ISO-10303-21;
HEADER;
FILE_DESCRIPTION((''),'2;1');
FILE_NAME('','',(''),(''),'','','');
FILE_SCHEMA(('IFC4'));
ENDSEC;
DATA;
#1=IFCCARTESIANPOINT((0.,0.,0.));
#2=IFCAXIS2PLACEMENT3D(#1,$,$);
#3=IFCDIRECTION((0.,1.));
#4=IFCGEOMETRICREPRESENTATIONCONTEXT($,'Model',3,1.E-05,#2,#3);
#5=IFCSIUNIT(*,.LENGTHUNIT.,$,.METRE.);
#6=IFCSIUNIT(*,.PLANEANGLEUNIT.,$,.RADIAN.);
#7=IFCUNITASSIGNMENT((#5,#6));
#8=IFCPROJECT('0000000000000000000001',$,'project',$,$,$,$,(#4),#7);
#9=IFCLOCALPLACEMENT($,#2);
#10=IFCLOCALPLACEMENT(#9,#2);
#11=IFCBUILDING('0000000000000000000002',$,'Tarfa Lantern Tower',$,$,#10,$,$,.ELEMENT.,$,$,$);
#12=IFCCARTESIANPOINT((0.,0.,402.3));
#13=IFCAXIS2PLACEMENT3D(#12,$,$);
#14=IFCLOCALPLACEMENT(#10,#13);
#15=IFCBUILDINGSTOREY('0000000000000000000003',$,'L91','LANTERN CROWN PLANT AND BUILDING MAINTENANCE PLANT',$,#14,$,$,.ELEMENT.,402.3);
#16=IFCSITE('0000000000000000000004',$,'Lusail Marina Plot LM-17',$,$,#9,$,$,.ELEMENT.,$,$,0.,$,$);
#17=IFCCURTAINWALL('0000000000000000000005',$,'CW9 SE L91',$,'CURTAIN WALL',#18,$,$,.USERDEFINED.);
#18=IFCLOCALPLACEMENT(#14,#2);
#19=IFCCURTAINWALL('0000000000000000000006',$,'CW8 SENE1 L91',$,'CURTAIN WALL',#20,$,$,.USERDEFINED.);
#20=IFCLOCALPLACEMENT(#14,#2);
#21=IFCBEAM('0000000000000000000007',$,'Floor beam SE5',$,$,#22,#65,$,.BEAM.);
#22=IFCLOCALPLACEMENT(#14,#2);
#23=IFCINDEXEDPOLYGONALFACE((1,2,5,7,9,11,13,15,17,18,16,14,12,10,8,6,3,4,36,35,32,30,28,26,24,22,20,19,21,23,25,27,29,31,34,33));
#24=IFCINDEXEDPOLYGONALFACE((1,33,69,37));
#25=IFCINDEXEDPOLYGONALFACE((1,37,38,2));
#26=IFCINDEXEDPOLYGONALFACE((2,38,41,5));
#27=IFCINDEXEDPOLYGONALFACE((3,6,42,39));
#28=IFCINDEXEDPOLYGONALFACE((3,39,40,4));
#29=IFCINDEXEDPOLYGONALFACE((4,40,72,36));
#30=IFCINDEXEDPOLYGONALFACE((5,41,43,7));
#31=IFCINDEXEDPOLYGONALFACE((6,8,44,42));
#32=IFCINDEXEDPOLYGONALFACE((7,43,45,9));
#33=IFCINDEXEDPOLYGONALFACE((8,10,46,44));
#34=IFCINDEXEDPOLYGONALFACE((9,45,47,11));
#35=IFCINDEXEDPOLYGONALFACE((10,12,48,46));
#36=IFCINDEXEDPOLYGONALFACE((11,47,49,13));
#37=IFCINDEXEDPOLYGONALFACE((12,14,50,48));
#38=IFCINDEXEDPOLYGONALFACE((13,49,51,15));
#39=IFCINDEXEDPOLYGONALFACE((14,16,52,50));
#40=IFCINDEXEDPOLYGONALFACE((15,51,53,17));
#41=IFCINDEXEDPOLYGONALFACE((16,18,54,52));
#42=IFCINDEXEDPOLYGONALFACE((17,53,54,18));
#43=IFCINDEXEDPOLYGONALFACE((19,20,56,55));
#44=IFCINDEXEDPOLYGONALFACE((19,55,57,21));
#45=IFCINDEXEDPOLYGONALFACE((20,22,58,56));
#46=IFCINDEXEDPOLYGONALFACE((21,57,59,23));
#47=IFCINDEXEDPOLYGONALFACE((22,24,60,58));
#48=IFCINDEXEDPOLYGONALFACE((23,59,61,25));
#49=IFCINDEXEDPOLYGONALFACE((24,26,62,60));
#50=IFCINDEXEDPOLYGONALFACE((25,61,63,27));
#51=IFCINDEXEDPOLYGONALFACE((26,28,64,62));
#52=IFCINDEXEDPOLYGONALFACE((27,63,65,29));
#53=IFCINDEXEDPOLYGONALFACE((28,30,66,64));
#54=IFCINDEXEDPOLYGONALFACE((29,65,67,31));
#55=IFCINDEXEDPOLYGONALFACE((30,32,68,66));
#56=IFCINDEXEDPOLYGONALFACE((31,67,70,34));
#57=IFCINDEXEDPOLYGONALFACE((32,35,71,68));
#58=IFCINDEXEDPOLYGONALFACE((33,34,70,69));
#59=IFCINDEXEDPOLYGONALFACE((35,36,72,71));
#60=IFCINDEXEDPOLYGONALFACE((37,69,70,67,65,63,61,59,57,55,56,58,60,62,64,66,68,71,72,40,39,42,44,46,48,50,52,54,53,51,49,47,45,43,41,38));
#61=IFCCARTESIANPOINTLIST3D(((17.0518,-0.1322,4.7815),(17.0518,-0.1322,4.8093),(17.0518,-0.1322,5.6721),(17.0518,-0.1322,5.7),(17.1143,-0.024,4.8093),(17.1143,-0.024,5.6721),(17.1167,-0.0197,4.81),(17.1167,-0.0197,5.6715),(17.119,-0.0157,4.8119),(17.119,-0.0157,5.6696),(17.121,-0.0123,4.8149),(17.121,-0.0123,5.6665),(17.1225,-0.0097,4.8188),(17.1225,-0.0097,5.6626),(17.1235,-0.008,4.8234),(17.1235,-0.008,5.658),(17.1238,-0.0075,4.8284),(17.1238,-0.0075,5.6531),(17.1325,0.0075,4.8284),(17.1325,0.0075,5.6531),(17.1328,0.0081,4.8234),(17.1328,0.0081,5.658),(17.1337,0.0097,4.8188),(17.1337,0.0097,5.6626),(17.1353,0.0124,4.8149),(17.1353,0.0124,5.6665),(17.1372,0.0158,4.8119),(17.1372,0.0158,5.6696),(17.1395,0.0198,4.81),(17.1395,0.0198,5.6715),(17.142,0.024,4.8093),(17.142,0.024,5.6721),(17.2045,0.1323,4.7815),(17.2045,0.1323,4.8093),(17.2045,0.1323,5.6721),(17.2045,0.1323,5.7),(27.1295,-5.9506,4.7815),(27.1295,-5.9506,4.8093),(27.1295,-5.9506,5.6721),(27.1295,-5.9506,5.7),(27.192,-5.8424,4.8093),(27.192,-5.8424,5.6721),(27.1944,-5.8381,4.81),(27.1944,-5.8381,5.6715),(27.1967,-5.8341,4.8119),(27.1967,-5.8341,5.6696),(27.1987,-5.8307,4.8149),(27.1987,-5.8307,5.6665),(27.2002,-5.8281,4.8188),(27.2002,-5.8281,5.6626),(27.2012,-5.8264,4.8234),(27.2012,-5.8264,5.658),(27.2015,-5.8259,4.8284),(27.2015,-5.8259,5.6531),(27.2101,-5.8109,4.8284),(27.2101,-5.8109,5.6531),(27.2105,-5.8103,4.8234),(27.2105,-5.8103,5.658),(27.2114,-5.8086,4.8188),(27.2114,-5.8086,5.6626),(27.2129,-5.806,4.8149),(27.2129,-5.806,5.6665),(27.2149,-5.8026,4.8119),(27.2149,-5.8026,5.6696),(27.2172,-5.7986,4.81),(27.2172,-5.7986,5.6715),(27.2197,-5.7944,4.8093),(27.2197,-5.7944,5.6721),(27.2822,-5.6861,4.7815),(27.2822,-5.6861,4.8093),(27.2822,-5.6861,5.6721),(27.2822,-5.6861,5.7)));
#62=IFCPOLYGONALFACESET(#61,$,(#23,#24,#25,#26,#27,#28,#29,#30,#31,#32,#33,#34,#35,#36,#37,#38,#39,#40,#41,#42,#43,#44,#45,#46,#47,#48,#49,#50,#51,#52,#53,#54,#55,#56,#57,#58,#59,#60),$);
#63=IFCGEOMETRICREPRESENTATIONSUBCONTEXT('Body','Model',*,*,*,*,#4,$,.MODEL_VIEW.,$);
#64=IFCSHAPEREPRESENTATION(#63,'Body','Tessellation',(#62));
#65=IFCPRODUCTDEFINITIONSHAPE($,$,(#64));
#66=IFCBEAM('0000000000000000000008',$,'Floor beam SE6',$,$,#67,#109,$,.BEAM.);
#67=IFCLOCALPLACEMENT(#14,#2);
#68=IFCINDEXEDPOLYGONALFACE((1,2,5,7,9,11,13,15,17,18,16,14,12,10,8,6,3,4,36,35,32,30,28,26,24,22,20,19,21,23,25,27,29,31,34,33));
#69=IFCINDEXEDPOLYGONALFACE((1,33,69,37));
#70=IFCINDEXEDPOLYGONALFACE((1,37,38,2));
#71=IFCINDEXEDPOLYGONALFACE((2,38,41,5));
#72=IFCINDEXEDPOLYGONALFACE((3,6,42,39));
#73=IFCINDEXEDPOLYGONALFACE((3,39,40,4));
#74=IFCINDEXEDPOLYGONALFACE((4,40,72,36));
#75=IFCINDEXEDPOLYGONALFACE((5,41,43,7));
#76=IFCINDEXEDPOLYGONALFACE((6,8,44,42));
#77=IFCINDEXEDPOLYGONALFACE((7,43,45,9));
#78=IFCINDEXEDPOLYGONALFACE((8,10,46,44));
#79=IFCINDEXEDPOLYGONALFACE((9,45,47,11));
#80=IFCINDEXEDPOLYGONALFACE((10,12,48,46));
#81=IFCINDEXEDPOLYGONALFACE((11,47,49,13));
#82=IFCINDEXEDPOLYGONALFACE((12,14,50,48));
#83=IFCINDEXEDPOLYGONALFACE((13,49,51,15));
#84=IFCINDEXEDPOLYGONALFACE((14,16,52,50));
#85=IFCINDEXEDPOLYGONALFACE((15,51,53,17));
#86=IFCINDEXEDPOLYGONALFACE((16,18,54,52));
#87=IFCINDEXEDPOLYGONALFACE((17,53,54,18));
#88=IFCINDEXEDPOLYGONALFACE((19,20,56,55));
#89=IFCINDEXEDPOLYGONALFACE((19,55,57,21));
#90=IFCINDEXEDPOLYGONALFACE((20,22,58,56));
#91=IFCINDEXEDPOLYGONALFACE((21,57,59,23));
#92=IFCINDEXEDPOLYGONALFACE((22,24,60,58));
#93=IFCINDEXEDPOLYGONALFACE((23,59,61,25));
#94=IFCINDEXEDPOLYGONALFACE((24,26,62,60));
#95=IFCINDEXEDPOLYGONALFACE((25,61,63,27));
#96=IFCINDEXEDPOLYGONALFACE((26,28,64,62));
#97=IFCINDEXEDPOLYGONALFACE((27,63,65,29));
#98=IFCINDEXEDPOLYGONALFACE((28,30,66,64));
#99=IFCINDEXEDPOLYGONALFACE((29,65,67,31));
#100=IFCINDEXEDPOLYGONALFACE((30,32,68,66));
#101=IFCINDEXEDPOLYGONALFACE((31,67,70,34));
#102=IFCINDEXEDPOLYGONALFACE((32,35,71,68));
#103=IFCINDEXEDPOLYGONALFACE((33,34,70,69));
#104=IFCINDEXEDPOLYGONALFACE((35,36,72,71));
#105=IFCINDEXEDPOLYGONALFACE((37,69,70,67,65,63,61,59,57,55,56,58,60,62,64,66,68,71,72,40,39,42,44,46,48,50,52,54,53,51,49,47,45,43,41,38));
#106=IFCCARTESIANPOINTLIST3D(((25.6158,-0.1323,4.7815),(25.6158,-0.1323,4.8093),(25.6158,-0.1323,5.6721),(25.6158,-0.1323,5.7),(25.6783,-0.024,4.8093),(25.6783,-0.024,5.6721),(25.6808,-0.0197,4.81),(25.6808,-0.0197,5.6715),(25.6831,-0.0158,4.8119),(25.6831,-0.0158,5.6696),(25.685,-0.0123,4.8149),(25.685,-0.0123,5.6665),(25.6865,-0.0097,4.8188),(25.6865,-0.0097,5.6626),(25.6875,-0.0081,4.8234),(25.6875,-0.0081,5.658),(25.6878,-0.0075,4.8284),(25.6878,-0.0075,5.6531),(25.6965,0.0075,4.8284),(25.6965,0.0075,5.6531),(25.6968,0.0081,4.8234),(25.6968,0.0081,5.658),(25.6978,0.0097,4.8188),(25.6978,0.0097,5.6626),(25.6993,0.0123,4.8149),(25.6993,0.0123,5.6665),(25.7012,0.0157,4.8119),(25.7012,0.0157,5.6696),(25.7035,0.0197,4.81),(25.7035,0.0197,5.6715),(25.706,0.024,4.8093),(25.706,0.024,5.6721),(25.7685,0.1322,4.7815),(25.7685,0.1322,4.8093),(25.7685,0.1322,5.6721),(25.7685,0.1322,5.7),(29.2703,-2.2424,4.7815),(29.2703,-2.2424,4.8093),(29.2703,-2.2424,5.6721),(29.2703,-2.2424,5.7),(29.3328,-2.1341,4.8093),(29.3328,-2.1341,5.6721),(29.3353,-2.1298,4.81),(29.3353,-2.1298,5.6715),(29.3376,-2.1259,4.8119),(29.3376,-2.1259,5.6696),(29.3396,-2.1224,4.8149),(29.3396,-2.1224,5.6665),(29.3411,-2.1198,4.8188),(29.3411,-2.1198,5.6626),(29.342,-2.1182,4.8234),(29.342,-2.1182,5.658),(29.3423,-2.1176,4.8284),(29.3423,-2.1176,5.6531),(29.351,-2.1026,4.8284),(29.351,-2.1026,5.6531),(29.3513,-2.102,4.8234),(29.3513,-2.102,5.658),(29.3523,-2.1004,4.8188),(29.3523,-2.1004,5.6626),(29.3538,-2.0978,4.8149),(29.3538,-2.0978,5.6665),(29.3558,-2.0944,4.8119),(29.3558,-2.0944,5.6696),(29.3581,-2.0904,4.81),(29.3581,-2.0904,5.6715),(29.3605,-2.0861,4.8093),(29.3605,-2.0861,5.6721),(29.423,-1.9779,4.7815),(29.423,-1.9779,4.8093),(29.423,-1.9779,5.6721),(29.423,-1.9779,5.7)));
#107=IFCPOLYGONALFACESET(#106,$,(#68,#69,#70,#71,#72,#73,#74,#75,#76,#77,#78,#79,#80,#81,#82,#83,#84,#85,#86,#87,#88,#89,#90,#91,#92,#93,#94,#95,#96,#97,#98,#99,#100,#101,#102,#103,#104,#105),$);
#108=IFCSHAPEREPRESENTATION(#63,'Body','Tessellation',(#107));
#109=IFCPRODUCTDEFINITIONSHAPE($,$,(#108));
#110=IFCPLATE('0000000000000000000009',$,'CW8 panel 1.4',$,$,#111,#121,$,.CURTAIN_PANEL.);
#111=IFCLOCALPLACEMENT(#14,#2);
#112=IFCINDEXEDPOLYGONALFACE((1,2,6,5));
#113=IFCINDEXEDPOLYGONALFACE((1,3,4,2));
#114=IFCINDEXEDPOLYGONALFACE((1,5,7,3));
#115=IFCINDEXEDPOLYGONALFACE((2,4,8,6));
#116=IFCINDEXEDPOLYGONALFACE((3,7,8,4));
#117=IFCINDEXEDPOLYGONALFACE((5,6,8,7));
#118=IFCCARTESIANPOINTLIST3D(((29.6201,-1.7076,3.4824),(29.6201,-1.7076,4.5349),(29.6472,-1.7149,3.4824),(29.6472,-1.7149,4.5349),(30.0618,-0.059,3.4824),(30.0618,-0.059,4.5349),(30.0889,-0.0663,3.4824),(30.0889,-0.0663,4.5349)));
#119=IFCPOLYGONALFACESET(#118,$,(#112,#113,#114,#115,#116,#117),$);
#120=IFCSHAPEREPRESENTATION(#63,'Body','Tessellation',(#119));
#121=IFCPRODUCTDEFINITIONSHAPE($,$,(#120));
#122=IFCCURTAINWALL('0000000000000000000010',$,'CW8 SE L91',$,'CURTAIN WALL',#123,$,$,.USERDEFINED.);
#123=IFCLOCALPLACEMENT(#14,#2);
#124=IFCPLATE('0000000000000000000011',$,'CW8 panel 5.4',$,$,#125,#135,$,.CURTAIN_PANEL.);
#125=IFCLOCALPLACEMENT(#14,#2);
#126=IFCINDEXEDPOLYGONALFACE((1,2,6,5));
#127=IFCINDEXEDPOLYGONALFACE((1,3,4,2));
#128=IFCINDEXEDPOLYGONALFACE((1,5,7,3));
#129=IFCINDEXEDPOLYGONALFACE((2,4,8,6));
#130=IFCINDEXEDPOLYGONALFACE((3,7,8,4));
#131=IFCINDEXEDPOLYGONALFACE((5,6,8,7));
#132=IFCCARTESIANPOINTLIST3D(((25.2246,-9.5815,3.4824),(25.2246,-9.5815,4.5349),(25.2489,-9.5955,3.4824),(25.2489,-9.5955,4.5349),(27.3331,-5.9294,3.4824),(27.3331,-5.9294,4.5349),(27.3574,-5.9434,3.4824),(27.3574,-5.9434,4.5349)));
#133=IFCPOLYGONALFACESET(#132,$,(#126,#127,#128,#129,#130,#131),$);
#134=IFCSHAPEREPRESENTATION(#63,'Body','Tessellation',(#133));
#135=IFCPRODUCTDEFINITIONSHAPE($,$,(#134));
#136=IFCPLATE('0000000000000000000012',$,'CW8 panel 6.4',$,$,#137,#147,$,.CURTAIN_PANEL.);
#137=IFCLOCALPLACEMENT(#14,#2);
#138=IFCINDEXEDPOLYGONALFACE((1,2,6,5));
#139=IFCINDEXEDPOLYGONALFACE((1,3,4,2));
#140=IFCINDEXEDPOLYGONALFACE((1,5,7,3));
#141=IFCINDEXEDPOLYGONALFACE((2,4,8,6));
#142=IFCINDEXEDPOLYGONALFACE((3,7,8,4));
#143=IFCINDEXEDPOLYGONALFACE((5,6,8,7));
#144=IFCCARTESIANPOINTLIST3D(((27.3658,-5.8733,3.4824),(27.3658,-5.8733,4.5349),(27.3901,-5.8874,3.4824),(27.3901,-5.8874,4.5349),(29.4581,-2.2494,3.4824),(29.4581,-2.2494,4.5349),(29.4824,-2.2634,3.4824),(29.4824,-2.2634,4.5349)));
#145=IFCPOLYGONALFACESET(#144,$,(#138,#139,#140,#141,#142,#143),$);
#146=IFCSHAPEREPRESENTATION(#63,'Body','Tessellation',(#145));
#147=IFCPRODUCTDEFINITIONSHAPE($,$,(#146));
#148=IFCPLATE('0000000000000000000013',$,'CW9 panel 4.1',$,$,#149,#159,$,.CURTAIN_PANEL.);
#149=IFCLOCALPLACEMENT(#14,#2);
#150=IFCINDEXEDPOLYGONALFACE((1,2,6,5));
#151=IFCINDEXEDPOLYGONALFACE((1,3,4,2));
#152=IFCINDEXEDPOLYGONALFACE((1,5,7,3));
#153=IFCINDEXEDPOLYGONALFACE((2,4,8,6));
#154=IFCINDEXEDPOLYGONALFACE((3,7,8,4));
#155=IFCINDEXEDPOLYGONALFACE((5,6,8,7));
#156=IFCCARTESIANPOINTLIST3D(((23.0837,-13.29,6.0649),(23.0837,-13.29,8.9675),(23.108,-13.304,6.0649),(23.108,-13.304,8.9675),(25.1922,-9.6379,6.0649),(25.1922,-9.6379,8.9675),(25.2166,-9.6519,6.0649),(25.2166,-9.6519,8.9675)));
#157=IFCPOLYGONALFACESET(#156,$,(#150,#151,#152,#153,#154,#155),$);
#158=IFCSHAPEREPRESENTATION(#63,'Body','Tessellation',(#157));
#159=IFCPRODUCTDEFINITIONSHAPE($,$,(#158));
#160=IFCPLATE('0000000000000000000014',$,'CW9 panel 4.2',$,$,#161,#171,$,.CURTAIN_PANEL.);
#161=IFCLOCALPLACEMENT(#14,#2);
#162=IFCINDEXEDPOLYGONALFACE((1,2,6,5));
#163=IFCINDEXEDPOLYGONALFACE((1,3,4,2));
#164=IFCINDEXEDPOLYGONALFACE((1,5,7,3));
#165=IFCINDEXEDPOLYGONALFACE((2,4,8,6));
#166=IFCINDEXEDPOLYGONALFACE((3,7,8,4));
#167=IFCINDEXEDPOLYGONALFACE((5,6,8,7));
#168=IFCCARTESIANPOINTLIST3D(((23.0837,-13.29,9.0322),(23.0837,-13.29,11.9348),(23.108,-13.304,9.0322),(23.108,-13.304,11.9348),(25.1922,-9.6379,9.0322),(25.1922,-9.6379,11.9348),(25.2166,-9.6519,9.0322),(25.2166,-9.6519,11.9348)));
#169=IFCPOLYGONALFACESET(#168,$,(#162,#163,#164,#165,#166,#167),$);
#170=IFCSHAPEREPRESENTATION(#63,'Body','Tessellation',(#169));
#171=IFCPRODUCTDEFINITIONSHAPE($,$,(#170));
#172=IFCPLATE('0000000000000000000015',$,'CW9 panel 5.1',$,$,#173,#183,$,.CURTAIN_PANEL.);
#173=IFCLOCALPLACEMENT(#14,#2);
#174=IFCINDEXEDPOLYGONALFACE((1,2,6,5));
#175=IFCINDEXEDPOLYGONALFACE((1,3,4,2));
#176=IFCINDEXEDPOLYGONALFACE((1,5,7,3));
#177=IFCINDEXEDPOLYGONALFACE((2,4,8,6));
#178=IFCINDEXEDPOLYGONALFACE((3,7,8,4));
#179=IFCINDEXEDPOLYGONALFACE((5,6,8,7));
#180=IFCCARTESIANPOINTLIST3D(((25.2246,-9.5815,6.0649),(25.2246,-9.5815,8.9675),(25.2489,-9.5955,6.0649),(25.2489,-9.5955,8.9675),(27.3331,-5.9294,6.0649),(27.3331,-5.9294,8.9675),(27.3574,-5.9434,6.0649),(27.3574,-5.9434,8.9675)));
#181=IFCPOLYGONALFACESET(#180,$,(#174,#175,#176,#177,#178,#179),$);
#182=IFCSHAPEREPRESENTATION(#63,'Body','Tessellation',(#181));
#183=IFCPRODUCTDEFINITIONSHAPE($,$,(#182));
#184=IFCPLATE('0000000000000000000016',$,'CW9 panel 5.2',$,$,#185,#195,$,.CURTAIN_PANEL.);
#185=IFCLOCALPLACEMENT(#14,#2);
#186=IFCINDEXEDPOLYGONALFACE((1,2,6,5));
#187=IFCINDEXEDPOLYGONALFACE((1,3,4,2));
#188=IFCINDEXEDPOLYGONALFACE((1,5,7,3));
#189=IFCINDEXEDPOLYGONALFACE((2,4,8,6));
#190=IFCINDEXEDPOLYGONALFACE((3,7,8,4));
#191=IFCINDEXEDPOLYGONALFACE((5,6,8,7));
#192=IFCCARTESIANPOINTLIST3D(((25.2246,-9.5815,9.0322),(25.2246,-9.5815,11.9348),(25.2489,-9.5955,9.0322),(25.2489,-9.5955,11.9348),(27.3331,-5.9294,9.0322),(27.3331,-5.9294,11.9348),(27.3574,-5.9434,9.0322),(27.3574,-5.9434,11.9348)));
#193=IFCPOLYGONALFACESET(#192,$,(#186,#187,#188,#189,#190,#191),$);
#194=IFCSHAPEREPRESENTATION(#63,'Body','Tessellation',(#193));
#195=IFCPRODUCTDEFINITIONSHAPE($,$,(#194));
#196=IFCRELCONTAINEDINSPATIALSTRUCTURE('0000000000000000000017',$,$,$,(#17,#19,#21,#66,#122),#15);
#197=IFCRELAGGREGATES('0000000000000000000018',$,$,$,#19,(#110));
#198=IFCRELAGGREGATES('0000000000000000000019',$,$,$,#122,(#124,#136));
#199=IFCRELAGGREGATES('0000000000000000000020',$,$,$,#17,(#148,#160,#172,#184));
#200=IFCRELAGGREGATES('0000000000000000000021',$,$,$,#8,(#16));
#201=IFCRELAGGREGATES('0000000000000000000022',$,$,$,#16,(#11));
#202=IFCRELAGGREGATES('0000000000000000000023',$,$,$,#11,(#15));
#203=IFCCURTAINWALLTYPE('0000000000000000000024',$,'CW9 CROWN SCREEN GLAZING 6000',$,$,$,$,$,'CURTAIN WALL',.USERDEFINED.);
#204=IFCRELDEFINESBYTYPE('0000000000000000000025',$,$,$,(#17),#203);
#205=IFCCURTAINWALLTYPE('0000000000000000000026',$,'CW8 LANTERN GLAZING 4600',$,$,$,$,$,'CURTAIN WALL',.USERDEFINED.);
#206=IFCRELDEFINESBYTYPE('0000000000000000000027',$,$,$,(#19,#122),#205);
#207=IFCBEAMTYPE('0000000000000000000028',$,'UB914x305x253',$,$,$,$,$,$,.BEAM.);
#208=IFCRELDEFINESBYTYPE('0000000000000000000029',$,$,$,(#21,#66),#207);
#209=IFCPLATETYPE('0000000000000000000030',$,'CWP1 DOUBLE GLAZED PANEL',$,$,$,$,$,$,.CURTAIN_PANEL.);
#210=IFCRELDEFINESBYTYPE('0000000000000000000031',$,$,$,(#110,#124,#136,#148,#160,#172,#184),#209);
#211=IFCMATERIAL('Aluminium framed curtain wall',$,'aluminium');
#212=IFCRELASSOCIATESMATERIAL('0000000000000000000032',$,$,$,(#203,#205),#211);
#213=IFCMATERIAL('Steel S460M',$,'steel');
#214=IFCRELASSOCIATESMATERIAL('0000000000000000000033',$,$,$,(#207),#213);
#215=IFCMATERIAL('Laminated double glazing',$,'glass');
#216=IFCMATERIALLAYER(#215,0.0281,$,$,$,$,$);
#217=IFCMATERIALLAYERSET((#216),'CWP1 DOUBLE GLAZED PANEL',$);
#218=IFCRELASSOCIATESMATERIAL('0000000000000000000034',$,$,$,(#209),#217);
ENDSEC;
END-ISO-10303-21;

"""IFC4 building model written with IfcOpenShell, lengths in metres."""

from ifc_helpers import new_model, si_unit, direction, frame, origin, origin_2d, place, context, subcontext, project, spatial, rectangle, i_section, extrude, material, layer, layer_set, material_profile, profile_set, type_object, element, aggregate, save


model = new_model("IFC4")

# Units and contexts
model_context = context("Model", 3, precision=1e-05, world=origin(), true_north=direction((0.0, 1.0)))
body_context = subcontext(model_context, "Body", "Model", "MODEL_VIEW")
ifc_project = project(units=[si_unit("LENGTHUNIT", "METRE"), si_unit("PLANEANGLEUNIT", "RADIAN")], contexts=[model_context])

# Site, building, storey
site_placement = place(None, origin())
site = spatial("IfcSite", under=ifc_project, at=site_placement, Name="Lusail Marina Plot LM-17", CompositionType="ELEMENT", RefElevation=0.0)
building_placement = place(site_placement, origin())
building = spatial("IfcBuilding", under=site, at=building_placement, Name="Tarfa Lantern Tower", CompositionType="ELEMENT")
storey_placement = place(building_placement, frame((0.0, 0.0, 402.3)))
storey = spatial("IfcBuildingStorey", under=building, at=storey_placement, Name="L91", Description="LANTERN CROWN PLANT AND BUILDING MAINTENANCE PLANT", CompositionType="ELEMENT", Elevation=402.3)

# Curtain wall
ifc_material_1 = material(Name="Aluminium framed curtain wall", Category="aluminium")
curtain_wall_type_1 = type_object("IfcCurtainWallType", Name="CW9 CROWN SCREEN GLAZING 6000", ElementType="CURTAIN WALL", PredefinedType="USERDEFINED", material=ifc_material_1)
curtain_wall_1_placement = place(storey_placement, origin())
curtain_wall_1 = element("IfcCurtainWall", 1, at=curtain_wall_1_placement, inside=storey, type_object=curtain_wall_type_1, Name="CW9 SE L91", ObjectType="CURTAIN WALL", PredefinedType="USERDEFINED")

# Curtain wall
curtain_wall_type_2 = type_object("IfcCurtainWallType", Name="CW8 LANTERN GLAZING 4600", ElementType="CURTAIN WALL", PredefinedType="USERDEFINED", material=ifc_material_1)
curtain_wall_2_placement = place(storey_placement, origin())
curtain_wall_2 = element("IfcCurtainWall", 2, at=curtain_wall_2_placement, inside=storey, type_object=curtain_wall_type_2, Name="CW8 SENE1 L91", ObjectType="CURTAIN WALL", PredefinedType="USERDEFINED")

# Beams
ifc_material_2 = material(Name="Steel S460M", Category="steel")
ifc_material_profile_1 = material_profile(ifc_material_2, i_section(OverallWidth=0.3054, OverallDepth=0.9185, WebThickness=0.0173, FlangeThickness=0.0278, FilletRadius=0.019, at=origin_2d()), Name="UB914x305x253")
ifc_profile_set_1 = profile_set([ifc_material_profile_1], Name="Steel S460M")
beam_type_1 = type_object("IfcBeamType", Name="UB914x305x253", PredefinedType="BEAM", material=ifc_profile_set_1)
beam_1_placement = place(storey_placement, frame((27.2058, -5.8184, 5.2407), z_axis=(-0.866024, 0.500002, 0.0), x_axis=(-0.500002, -0.866024, 0.0)))
element("IfcBeam", 3, at=beam_1_placement, inside=storey, type_object=beam_type_1, Name="Floor beam SE5", PredefinedType="BEAM", context=body_context, shape_type="SweptSolid", body=[
    extrude(i_section(OverallWidth=0.3054, OverallDepth=0.9185, WebThickness=0.0173, FlangeThickness=0.0278, FilletRadius=0.019, at=origin_2d()), origin(), (0.0, 0.0, 1.0), 11.6367),
])
beam_2_placement = place(storey_placement, frame((29.3467, -2.1101, 5.2407), z_axis=(-0.866009, 0.500028, 0.0), x_axis=(-0.500028, -0.866009, 0.0)))
element("IfcBeam", 4, at=beam_2_placement, inside=storey, type_object=beam_type_1, Name="Floor beam SE6", PredefinedType="BEAM", context=body_context, shape_type="SweptSolid", body=[
    extrude(i_section(OverallWidth=0.3054, OverallDepth=0.9185, WebThickness=0.0173, FlangeThickness=0.0278, FilletRadius=0.019, at=origin_2d()), origin(), (0.0, 0.0, 1.0), 4.22),
])

# Plate
ifc_material_3 = material(Name="Laminated double glazing", Category="glass")
ifc_layer = layer(ifc_material_3, 0.0281)
ifc_layer_set = layer_set([ifc_layer], Name="CWP1 DOUBLE GLAZED PANEL")
plate_type = type_object("IfcPlateType", Name="CWP1 DOUBLE GLAZED PANEL", PredefinedType="CURTAIN_PANEL", material=ifc_layer_set)
plate_1_placement = place(storey_placement, frame((29.8545, -0.887, 3.4824), z_axis=(0.0, 0.0, 1.0), x_axis=(0.258819, 0.965926, 0.0)))
plate_1 = element("IfcPlate", 5, at=plate_1_placement, type_object=plate_type, Name="CW8 panel 1.4", PredefinedType="CURTAIN_PANEL", context=body_context, shape_type="SweptSolid", body=[
    extrude(rectangle(XDim=1.7068, YDim=0.0281, at=origin_2d()), origin(), (0.0, 0.0, 1.0), 1.0525),
])
aggregate(curtain_wall_2, [plate_1])

# Curtain wall, plates
curtain_wall_3_placement = place(storey_placement, origin())
curtain_wall_3 = element("IfcCurtainWall", 6, at=curtain_wall_3_placement, inside=storey, type_object=curtain_wall_type_2, Name="CW8 SE L91", ObjectType="CURTAIN WALL", PredefinedType="USERDEFINED")
plate_2_placement = place(storey_placement, frame((26.291, -7.7625, 3.4824), z_axis=(0.0, 0.0, 1.0), x_axis=(0.5, 0.866025, 0.0)))
plate_2 = element("IfcPlate", 7, at=plate_2_placement, type_object=plate_type, Name="CW8 panel 5.4", PredefinedType="CURTAIN_PANEL", context=body_context, shape_type="SweptSolid", body=[
    extrude(rectangle(XDim=4.217, YDim=0.0281, at=origin_2d()), origin(), (0.0, 0.0, 1.0), 1.0525),
])
plate_3_placement = place(storey_placement, frame((28.4241, -4.0684, 3.4824), z_axis=(0.0, 0.0, 1.0), x_axis=(0.5, 0.866025, 0.0)))
plate_3 = element("IfcPlate", 8, at=plate_3_placement, type_object=plate_type, Name="CW8 panel 6.4", PredefinedType="CURTAIN_PANEL", context=body_context, shape_type="SweptSolid", body=[
    extrude(rectangle(XDim=4.1846, YDim=0.0281, at=origin_2d()), origin(), (0.0, 0.0, 1.0), 1.0525),
])
aggregate(curtain_wall_3, [plate_2, plate_3])

# Plates
plate_4_placement = place(storey_placement, frame((24.1501, -11.4709, 6.0649), z_axis=(0.0, 0.0, 1.0), x_axis=(0.5, 0.866025, 0.0)))
plate_4 = element("IfcPlate", 9, at=plate_4_placement, type_object=plate_type, Name="CW9 panel 4.1", PredefinedType="CURTAIN_PANEL", context=body_context, shape_type="SweptSolid", body=[
    extrude(rectangle(XDim=4.217, YDim=0.0281, at=origin_2d()), origin(), (0.0, 0.0, 1.0), 2.9026),
])
plate_5_placement = place(storey_placement, frame((24.1501, -11.4709, 9.0322), z_axis=(0.0, 0.0, 1.0), x_axis=(0.5, 0.866025, 0.0)))
plate_5 = element("IfcPlate", 10, at=plate_5_placement, type_object=plate_type, Name="CW9 panel 4.2", PredefinedType="CURTAIN_PANEL", context=body_context, shape_type="SweptSolid", body=[
    extrude(rectangle(XDim=4.217, YDim=0.0281, at=origin_2d()), origin(), (0.0, 0.0, 1.0), 2.9026),
])
plate_6_placement = place(storey_placement, frame((26.291, -7.7625, 6.0649), z_axis=(0.0, 0.0, 1.0), x_axis=(0.5, 0.866025, 0.0)))
plate_6 = element("IfcPlate", 11, at=plate_6_placement, type_object=plate_type, Name="CW9 panel 5.1", PredefinedType="CURTAIN_PANEL", context=body_context, shape_type="SweptSolid", body=[
    extrude(rectangle(XDim=4.217, YDim=0.0281, at=origin_2d()), origin(), (0.0, 0.0, 1.0), 2.9026),
])
plate_7_placement = place(storey_placement, frame((26.291, -7.7625, 9.0322), z_axis=(0.0, 0.0, 1.0), x_axis=(0.5, 0.866025, 0.0)))
plate_7 = element("IfcPlate", 12, at=plate_7_placement, type_object=plate_type, Name="CW9 panel 5.2", PredefinedType="CURTAIN_PANEL", context=body_context, shape_type="SweptSolid", body=[
    extrude(rectangle(XDim=4.217, YDim=0.0281, at=origin_2d()), origin(), (0.0, 0.0, 1.0), 2.9026),
])
aggregate(curtain_wall_1, [plate_4, plate_5, plate_6, plate_7])

save(model, "model.ifc")
